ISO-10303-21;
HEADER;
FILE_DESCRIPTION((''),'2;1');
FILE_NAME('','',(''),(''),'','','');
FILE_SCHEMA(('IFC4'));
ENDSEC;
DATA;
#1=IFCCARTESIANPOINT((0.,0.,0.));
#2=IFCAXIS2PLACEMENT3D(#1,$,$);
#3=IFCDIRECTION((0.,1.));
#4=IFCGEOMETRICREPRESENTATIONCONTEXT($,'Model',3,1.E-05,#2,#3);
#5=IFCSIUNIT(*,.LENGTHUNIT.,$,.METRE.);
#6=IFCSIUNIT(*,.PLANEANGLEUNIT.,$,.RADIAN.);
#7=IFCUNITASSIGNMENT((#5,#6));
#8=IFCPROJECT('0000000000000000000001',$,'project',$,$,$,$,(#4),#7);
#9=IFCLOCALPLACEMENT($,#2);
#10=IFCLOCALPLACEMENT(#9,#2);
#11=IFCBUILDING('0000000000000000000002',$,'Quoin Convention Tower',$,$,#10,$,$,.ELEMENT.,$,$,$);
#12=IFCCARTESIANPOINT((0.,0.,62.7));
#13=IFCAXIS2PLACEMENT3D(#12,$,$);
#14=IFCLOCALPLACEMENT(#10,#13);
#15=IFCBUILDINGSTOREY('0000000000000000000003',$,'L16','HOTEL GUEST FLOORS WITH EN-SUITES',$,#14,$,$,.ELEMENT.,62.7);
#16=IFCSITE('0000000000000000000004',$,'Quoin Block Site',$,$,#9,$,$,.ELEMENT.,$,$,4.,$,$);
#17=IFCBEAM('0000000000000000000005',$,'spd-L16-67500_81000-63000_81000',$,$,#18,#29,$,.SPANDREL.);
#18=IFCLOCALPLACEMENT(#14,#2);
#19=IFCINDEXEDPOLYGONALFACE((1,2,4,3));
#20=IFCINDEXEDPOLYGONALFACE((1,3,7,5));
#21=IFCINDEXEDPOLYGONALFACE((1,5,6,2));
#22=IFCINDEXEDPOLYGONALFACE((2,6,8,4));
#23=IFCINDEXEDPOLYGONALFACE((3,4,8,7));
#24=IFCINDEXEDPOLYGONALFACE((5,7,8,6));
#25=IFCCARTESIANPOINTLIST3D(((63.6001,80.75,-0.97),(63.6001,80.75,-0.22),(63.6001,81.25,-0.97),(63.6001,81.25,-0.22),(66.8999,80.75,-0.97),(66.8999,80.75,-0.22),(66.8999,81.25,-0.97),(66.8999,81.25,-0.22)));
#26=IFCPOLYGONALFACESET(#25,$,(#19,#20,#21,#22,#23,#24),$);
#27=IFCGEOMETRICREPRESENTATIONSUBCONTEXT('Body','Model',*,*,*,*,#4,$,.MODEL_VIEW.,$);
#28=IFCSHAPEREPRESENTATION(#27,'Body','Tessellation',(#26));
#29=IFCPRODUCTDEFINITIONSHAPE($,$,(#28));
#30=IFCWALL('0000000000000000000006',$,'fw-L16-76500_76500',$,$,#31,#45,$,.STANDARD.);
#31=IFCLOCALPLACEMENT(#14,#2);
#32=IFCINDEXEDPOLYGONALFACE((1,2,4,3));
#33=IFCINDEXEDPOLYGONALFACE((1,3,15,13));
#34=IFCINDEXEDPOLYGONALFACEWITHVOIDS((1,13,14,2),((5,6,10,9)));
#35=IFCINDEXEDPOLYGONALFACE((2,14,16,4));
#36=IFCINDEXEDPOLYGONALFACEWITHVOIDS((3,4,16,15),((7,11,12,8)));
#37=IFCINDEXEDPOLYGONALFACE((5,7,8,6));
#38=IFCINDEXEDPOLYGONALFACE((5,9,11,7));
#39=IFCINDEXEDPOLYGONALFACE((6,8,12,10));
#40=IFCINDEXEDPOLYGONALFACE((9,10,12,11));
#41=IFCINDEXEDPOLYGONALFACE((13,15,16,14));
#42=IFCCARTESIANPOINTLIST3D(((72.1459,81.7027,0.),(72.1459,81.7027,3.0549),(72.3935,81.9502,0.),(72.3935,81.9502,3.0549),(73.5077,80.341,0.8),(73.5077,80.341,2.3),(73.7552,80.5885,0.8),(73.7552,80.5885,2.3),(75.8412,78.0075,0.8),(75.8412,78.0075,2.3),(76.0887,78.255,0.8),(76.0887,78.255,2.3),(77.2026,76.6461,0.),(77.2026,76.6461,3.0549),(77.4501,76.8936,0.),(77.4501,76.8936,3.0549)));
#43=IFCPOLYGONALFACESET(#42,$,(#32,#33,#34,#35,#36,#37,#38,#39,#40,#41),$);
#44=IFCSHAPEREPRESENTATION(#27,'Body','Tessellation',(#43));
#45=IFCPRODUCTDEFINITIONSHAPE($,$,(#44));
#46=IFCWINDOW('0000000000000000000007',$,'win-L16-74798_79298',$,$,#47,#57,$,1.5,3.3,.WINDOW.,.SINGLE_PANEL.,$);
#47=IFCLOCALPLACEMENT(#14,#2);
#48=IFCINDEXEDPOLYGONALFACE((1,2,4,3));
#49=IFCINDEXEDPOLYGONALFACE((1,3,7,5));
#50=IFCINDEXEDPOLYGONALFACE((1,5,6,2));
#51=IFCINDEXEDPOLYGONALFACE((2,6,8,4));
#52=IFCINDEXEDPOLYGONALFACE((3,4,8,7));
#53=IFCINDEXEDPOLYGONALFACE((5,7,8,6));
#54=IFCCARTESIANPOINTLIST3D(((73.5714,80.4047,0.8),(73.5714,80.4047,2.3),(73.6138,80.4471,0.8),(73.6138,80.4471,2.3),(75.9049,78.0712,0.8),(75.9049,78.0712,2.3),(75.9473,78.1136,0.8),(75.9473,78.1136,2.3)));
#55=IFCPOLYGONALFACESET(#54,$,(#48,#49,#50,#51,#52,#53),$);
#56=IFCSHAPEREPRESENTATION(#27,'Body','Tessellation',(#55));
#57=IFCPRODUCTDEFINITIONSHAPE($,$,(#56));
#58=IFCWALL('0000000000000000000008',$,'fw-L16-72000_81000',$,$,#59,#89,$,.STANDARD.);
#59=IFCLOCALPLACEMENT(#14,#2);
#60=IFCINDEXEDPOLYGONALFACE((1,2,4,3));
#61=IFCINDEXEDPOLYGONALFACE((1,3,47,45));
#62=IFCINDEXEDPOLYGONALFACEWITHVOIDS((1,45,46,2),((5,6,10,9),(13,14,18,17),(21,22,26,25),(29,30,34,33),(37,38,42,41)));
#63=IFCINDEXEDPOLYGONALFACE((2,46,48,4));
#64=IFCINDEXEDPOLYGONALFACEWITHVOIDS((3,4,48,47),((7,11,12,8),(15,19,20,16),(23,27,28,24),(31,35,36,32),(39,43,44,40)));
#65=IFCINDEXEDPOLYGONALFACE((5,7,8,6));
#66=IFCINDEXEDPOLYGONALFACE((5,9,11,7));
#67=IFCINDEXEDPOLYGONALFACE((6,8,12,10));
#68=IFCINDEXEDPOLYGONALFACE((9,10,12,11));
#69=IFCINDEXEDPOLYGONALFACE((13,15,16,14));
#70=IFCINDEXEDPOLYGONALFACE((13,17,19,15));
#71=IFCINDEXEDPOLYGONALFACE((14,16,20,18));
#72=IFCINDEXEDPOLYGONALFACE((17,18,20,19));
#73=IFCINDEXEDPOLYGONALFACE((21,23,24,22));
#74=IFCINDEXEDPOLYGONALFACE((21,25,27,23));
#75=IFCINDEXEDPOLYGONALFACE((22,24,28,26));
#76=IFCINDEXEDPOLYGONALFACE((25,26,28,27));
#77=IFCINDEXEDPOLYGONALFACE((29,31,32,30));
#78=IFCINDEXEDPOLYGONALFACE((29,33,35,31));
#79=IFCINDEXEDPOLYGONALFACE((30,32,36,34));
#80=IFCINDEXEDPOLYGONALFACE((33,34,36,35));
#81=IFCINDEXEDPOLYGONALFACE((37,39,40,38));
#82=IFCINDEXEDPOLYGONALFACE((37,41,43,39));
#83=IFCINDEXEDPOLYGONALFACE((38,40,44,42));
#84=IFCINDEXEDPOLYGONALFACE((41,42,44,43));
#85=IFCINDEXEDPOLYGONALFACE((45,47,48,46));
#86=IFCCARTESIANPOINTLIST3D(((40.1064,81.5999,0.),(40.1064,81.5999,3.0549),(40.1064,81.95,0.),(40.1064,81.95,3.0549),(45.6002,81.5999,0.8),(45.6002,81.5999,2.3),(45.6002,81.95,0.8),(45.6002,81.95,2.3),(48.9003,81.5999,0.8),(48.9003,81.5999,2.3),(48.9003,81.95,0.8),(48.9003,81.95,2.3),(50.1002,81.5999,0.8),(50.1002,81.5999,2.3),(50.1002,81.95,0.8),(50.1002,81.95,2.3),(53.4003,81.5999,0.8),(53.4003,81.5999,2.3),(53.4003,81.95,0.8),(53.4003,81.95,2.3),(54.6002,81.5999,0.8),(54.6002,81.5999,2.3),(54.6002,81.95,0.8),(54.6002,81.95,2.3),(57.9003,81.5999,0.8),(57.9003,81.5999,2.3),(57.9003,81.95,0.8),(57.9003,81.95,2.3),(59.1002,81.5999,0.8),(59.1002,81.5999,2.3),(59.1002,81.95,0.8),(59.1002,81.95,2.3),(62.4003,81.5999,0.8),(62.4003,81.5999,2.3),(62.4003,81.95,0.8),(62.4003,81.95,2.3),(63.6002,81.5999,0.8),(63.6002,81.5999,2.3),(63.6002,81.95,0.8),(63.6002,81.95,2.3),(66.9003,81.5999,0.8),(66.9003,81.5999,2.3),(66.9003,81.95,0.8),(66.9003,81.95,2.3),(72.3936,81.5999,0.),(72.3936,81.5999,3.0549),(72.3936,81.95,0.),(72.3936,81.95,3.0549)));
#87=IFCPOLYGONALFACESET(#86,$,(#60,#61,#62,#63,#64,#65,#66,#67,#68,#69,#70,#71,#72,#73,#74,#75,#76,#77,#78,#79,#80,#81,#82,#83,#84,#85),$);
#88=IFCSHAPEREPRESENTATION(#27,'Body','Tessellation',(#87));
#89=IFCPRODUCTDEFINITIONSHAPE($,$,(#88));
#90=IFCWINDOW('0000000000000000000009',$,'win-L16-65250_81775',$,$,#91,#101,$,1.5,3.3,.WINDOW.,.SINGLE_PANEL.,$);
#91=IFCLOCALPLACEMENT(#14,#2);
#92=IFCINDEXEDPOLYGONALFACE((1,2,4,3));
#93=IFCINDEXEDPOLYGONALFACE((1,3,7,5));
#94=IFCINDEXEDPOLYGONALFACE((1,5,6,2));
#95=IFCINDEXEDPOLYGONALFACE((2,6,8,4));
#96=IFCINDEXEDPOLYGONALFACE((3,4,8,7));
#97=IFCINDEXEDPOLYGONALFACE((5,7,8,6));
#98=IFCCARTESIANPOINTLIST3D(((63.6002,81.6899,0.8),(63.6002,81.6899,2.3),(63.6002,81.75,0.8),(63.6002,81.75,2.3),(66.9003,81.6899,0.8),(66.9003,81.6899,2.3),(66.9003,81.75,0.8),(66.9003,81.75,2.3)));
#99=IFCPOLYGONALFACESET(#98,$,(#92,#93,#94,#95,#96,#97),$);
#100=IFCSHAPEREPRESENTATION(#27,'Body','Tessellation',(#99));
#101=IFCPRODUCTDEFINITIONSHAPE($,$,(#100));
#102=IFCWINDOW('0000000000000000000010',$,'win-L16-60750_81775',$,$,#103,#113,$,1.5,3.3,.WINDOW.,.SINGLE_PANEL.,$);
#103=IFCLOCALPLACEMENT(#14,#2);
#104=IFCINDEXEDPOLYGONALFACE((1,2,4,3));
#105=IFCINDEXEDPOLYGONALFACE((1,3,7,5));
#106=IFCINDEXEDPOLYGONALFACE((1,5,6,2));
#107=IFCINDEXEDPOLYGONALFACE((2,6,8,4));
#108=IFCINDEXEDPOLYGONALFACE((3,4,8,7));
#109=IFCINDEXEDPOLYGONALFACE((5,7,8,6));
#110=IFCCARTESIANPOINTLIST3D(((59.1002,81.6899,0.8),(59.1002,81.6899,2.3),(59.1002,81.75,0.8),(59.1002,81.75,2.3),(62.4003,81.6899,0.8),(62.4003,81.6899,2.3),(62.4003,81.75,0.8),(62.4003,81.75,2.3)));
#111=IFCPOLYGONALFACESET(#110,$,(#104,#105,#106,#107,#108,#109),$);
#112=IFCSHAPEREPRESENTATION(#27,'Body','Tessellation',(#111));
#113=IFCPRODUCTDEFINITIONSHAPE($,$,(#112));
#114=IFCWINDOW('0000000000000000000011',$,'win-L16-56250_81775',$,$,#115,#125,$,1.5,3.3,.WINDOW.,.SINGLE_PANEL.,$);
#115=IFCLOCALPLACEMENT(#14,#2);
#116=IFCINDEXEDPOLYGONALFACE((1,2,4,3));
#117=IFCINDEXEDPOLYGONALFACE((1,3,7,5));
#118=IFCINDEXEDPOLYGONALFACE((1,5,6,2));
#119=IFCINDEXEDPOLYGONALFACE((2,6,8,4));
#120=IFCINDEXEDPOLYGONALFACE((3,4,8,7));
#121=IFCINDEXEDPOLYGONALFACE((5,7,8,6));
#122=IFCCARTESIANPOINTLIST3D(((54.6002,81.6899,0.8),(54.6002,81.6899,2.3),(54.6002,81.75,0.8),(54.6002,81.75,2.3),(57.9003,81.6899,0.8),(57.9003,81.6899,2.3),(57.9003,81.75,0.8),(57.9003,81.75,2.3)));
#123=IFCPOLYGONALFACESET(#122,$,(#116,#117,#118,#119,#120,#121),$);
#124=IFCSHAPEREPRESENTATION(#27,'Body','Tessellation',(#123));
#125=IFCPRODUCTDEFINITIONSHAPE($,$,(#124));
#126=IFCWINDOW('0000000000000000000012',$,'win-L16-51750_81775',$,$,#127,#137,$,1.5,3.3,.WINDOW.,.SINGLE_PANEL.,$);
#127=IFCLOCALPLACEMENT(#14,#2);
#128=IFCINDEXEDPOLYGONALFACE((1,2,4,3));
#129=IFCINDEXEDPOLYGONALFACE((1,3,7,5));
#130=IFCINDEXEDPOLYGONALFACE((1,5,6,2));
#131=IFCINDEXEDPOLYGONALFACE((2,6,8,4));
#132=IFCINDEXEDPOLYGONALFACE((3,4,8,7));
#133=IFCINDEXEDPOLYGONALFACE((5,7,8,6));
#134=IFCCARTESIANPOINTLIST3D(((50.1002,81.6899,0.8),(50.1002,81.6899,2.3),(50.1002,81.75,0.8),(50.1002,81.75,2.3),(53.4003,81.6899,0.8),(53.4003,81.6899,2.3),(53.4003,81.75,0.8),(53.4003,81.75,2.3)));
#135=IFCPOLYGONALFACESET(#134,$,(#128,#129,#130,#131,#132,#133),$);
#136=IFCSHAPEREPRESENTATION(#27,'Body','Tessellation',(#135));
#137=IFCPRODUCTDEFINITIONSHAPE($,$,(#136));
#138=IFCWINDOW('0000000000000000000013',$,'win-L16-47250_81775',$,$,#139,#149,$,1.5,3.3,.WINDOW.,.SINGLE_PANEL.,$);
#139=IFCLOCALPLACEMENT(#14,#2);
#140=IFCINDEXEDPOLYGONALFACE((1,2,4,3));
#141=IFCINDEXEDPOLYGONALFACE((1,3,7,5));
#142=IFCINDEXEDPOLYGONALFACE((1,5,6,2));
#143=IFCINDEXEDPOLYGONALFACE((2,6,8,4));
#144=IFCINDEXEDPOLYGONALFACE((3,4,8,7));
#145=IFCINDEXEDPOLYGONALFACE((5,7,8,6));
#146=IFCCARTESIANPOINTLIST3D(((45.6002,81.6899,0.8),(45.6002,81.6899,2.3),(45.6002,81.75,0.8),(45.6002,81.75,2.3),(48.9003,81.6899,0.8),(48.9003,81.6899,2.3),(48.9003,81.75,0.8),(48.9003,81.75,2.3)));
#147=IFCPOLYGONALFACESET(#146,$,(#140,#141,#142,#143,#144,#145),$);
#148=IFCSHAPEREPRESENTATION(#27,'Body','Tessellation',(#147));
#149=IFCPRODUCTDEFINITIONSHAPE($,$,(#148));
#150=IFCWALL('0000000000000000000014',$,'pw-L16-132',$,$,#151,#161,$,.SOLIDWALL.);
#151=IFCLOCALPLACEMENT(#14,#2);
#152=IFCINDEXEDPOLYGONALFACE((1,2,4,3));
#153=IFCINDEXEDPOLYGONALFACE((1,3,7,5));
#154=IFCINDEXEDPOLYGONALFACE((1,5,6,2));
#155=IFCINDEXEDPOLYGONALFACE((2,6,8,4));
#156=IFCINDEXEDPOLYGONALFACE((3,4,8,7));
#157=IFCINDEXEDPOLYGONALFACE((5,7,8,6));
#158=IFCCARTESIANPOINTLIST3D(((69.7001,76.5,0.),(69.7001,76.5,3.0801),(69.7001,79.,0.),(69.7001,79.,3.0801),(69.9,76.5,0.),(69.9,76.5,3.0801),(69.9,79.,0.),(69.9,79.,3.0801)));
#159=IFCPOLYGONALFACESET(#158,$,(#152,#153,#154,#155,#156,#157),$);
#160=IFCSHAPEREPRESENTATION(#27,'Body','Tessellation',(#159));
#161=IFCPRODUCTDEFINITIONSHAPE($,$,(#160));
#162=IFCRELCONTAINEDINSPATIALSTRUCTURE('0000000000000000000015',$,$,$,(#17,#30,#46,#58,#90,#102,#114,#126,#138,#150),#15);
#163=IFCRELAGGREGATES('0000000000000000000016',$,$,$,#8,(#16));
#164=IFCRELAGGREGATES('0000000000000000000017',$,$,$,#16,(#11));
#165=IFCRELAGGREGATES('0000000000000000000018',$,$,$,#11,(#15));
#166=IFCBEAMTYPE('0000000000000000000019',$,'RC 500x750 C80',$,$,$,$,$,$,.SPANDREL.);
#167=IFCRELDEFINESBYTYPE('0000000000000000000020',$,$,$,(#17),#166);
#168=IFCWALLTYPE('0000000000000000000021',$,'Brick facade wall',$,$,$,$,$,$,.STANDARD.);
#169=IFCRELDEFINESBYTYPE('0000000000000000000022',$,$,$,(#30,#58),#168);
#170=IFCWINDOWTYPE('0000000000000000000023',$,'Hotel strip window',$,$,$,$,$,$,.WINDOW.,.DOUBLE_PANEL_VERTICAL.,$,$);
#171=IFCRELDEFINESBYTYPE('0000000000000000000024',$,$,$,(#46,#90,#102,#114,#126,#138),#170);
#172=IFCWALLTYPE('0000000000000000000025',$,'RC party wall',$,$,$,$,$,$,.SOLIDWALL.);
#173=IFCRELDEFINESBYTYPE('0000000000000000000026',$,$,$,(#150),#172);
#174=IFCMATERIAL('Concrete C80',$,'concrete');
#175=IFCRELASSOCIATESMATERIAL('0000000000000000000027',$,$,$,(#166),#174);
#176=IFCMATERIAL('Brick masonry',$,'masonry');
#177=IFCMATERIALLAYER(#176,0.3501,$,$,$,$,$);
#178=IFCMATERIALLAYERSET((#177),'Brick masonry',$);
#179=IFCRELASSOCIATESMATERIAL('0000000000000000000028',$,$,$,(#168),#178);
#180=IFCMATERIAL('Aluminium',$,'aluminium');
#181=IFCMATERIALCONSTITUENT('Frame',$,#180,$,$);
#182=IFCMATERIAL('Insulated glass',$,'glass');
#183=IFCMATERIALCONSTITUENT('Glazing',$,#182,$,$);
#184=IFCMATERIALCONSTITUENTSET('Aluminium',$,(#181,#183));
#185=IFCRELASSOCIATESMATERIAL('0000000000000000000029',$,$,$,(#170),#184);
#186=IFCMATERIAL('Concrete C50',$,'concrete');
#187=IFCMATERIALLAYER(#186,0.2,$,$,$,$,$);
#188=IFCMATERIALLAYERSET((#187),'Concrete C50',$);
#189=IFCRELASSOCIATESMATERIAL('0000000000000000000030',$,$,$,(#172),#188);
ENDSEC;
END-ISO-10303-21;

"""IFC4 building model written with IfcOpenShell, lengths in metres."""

from ifc_helpers import new_model, si_unit, direction, frame, frame_2d, origin, origin_2d, place, context, subcontext, project, spatial, rectangle, extrude, material, layer, layer_set, constituent, constituent_set, material_profile, profile_set, type_object, element, fill, save


model = new_model("IFC4")

# Units and contexts
model_context = context("Model", 3, precision=1e-05, world=origin(), true_north=direction((0.0, 1.0)))
body_context = subcontext(model_context, "Body", "Model", "MODEL_VIEW")
ifc_project = project(units=[si_unit("LENGTHUNIT", "METRE"), si_unit("PLANEANGLEUNIT", "RADIAN")], contexts=[model_context])

# Site, building, storey
site_placement = place(None, origin())
site = spatial("IfcSite", under=ifc_project, at=site_placement, Name="Quoin Block Site", CompositionType="ELEMENT", RefElevation=4.0)
building_placement = place(site_placement, origin())
building = spatial("IfcBuilding", under=site, at=building_placement, Name="Quoin Convention Tower", CompositionType="ELEMENT")
storey_placement = place(building_placement, frame((0.0, 0.0, 62.7)))
storey = spatial("IfcBuildingStorey", under=building, at=storey_placement, Name="L16", Description="HOTEL GUEST FLOORS WITH EN-SUITES", CompositionType="ELEMENT", Elevation=62.7)

# Shared definitions
ifc_material_1 = material(Name="Concrete C80", Category="concrete")

# Beam
ifc_material_profile_1 = material_profile(ifc_material_1, rectangle(XDim=0.5, YDim=0.75, at=origin_2d()), Name="RC 500x750")
ifc_profile_set_1 = profile_set([ifc_material_profile_1], Name="Concrete C80")
beam_type_1 = type_object("IfcBeamType", Name="RC 500x750 C80", PredefinedType="SPANDREL", material=ifc_profile_set_1)
for number, where, z_axis, x_axis, name in (
    (1, (66.8999, 81.0, -0.595), (-1.0, 0.0, 0.0), (0.0, -1.0, 0.0), "spd-L16-67500_81000-63000_81000"),
):
    element("IfcBeam", number, at=place(storey_placement, frame(where, z_axis=z_axis, x_axis=x_axis)), inside=storey, type_object=beam_type_1, Name=name, PredefinedType="SPANDREL", context=body_context, shape_type="SweptSolid", body=[
        extrude(rectangle(XDim=0.5, YDim=0.75, at=origin_2d()), origin(), (0.0, 0.0, 1.0), 3.2998),
    ])

# Wall, opening, window
ifc_material_2 = material(Name="Brick masonry", Category="masonry")
ifc_layer_1 = layer(ifc_material_2, 0.3501)
ifc_layer_set_1 = layer_set([ifc_layer_1], Name="Brick masonry")
wall_type_1 = type_object("IfcWallType", Name="Brick facade wall", PredefinedType="STANDARD", material=ifc_layer_set_1)
wall_1_placement = place(storey_placement, frame((77.3264, 76.7698, 0.0), z_axis=(0.0, 0.0, 1.0), x_axis=(-0.707107, 0.707107, 0.0)))
wall_1 = element("IfcWall", 2, at=wall_1_placement, inside=storey, type_object=wall_type_1, Name="fw-L16-76500_76500", PredefinedType="STANDARD", context=body_context, shape_type="SweptSolid", body=[
    extrude(rectangle(XDim=7.1511, YDim=0.3501, at=frame_2d((3.5757, 0.0))), origin(), (0.0, 0.0, 1.0), 3.0549),
])
opening_1_placement = place(wall_1_placement, frame((1.9255, 0.0, 0.8)))
opening_1 = element("IfcOpeningElement", 3, at=opening_1_placement, cuts=wall_1, PredefinedType="OPENING", context=body_context, shape_type="SweptSolid", body=[
    extrude(rectangle(XDim=3.3, YDim=1.5, at=frame_2d((1.6499, 0.75))), frame((0.0, 0.1851, 0.0), z_axis=(0.0, -1.0, 0.0), x_axis=(1.0, 0.0, 0.0)), (0.0, 0.0, 1.0), 0.3701),
])
ifc_material_3 = material(Name="Aluminium", Category="aluminium")
ifc_constituent_1 = constituent(ifc_material_3, Name="Frame")
ifc_material_4 = material(Name="Insulated glass", Category="glass")
ifc_constituent_2 = constituent(ifc_material_4, Name="Glazing")
ifc_constituent_set = constituent_set(constituents=[ifc_constituent_1, ifc_constituent_2], Name="Aluminium")
window_type = type_object("IfcWindowType", Name="Hotel strip window", PartitioningType="DOUBLE_PANEL_VERTICAL", PredefinedType="WINDOW", material=ifc_constituent_set)
window_1_placement = place(opening_1_placement, origin())
window_1 = element("IfcWindow", 4, at=window_1_placement, inside=storey, type_object=window_type, Name="win-L16-74798_79298", OverallHeight=1.5, OverallWidth=3.3, PartitioningType="SINGLE_PANEL", PredefinedType="WINDOW", context=body_context, shape_type="SweptSolid", body=[
    extrude(rectangle(XDim=3.3, YDim=1.5, at=frame_2d((1.6499, 0.75))), frame((0.0, 0.085, 0.0), z_axis=(0.0, -1.0, 0.0), x_axis=(1.0, 0.0, 0.0)), (0.0, 0.0, 1.0), 0.0601),
])
fill(opening_1, window_1)

# Wall, openings, windows
wall_2_placement = place(storey_placement, frame((72.3936, 81.7749, 0.0), z_axis=(0.0, 0.0, 1.0), x_axis=(-1.0, 0.0, 0.0)))
wall_2 = element("IfcWall", 5, at=wall_2_placement, inside=storey, type_object=wall_type_1, Name="fw-L16-72000_81000", PredefinedType="STANDARD", context=body_context, shape_type="SweptSolid", body=[
    extrude(rectangle(XDim=32.2871, YDim=0.3501, at=frame_2d((16.1436, 0.0))), origin(), (0.0, 0.0, 1.0), 3.0549),
])
opening_2_placement = place(wall_2_placement, frame((5.4934, 0.0, 0.8)))
opening_2 = element("IfcOpeningElement", 6, at=opening_2_placement, cuts=wall_2, PredefinedType="OPENING", context=body_context, shape_type="SweptSolid", body=[
    extrude(rectangle(XDim=3.3, YDim=1.5, at=frame_2d((1.6499, 0.75))), frame((0.0, 0.1851, 0.0), z_axis=(0.0, -1.0, 0.0), x_axis=(1.0, 0.0, 0.0)), (0.0, 0.0, 1.0), 0.3701),
])
opening_3_placement = place(wall_2_placement, frame((9.9934, 0.0, 0.8)))
opening_3 = element("IfcOpeningElement", 7, at=opening_3_placement, cuts=wall_2, PredefinedType="OPENING", context=body_context, shape_type="SweptSolid", body=[
    extrude(rectangle(XDim=3.3, YDim=1.5, at=frame_2d((1.6499, 0.75))), frame((0.0, 0.1851, 0.0), z_axis=(0.0, -1.0, 0.0), x_axis=(1.0, 0.0, 0.0)), (0.0, 0.0, 1.0), 0.3701),
])
opening_4_placement = place(wall_2_placement, frame((14.4934, 0.0, 0.8)))
opening_4 = element("IfcOpeningElement", 8, at=opening_4_placement, cuts=wall_2, PredefinedType="OPENING", context=body_context, shape_type="SweptSolid", body=[
    extrude(rectangle(XDim=3.3, YDim=1.5, at=frame_2d((1.6499, 0.75))), frame((0.0, 0.1851, 0.0), z_axis=(0.0, -1.0, 0.0), x_axis=(1.0, 0.0, 0.0)), (0.0, 0.0, 1.0), 0.3701),
])
opening_5_placement = place(wall_2_placement, frame((18.9934, 0.0, 0.8)))
opening_5 = element("IfcOpeningElement", 9, at=opening_5_placement, cuts=wall_2, PredefinedType="OPENING", context=body_context, shape_type="SweptSolid", body=[
    extrude(rectangle(XDim=3.3, YDim=1.5, at=frame_2d((1.6499, 0.75))), frame((0.0, 0.1851, 0.0), z_axis=(0.0, -1.0, 0.0), x_axis=(1.0, 0.0, 0.0)), (0.0, 0.0, 1.0), 0.3701),
])
opening_6_placement = place(wall_2_placement, frame((23.4934, 0.0, 0.8)))
opening_6 = element("IfcOpeningElement", 10, at=opening_6_placement, cuts=wall_2, PredefinedType="OPENING", context=body_context, shape_type="SweptSolid", body=[
    extrude(rectangle(XDim=3.3, YDim=1.5, at=frame_2d((1.6499, 0.75))), frame((0.0, 0.1851, 0.0), z_axis=(0.0, -1.0, 0.0), x_axis=(1.0, 0.0, 0.0)), (0.0, 0.0, 1.0), 0.3701),
])
window_2_placement = place(opening_2_placement, origin())
window_2 = element("IfcWindow", 11, at=window_2_placement, inside=storey, type_object=window_type, Name="win-L16-65250_81775", OverallHeight=1.5, OverallWidth=3.3, PartitioningType="SINGLE_PANEL", PredefinedType="WINDOW", context=body_context, shape_type="SweptSolid", body=[
    extrude(rectangle(XDim=3.3, YDim=1.5, at=frame_2d((1.6499, 0.75))), frame((0.0, 0.085, 0.0), z_axis=(0.0, -1.0, 0.0), x_axis=(1.0, 0.0, 0.0)), (0.0, 0.0, 1.0), 0.0601),
])
fill(opening_2, window_2)
window_3_placement = place(opening_3_placement, origin())
window_3 = element("IfcWindow", 12, at=window_3_placement, inside=storey, type_object=window_type, Name="win-L16-60750_81775", OverallHeight=1.5, OverallWidth=3.3, PartitioningType="SINGLE_PANEL", PredefinedType="WINDOW", context=body_context, shape_type="SweptSolid", body=[
    extrude(rectangle(XDim=3.3, YDim=1.5, at=frame_2d((1.6499, 0.75))), frame((0.0, 0.085, 0.0), z_axis=(0.0, -1.0, 0.0), x_axis=(1.0, 0.0, 0.0)), (0.0, 0.0, 1.0), 0.0601),
])
fill(opening_3, window_3)
window_4_placement = place(opening_4_placement, origin())
window_4 = element("IfcWindow", 13, at=window_4_placement, inside=storey, type_object=window_type, Name="win-L16-56250_81775", OverallHeight=1.5, OverallWidth=3.3, PartitioningType="SINGLE_PANEL", PredefinedType="WINDOW", context=body_context, shape_type="SweptSolid", body=[
    extrude(rectangle(XDim=3.3, YDim=1.5, at=frame_2d((1.6499, 0.75))), frame((0.0, 0.085, 0.0), z_axis=(0.0, -1.0, 0.0), x_axis=(1.0, 0.0, 0.0)), (0.0, 0.0, 1.0), 0.0601),
])
fill(opening_4, window_4)
window_5_placement = place(opening_5_placement, origin())
window_5 = element("IfcWindow", 14, at=window_5_placement, inside=storey, type_object=window_type, Name="win-L16-51750_81775", OverallHeight=1.5, OverallWidth=3.3, PartitioningType="SINGLE_PANEL", PredefinedType="WINDOW", context=body_context, shape_type="SweptSolid", body=[
    extrude(rectangle(XDim=3.3, YDim=1.5, at=frame_2d((1.6499, 0.75))), frame((0.0, 0.085, 0.0), z_axis=(0.0, -1.0, 0.0), x_axis=(1.0, 0.0, 0.0)), (0.0, 0.0, 1.0), 0.0601),
])
fill(opening_5, window_5)
window_6_placement = place(opening_6_placement, origin())
window_6 = element("IfcWindow", 15, at=window_6_placement, inside=storey, type_object=window_type, Name="win-L16-47250_81775", OverallHeight=1.5, OverallWidth=3.3, PartitioningType="SINGLE_PANEL", PredefinedType="WINDOW", context=body_context, shape_type="SweptSolid", body=[
    extrude(rectangle(XDim=3.3, YDim=1.5, at=frame_2d((1.6499, 0.75))), frame((0.0, 0.085, 0.0), z_axis=(0.0, -1.0, 0.0), x_axis=(1.0, 0.0, 0.0)), (0.0, 0.0, 1.0), 0.0601),
])
fill(opening_6, window_6)

# Wall
ifc_material_5 = material(Name="Concrete C50", Category="concrete")
ifc_layer_2 = layer(ifc_material_5, 0.2)
ifc_layer_set_2 = layer_set([ifc_layer_2], Name="Concrete C50")
wall_type_2 = type_object("IfcWallType", Name="RC party wall", PredefinedType="SOLIDWALL", material=ifc_layer_set_2)
wall_3_placement = place(storey_placement, frame((69.8, 76.5, 0.0), z_axis=(0.0, 0.0, 1.0), x_axis=(0.0, 1.0, 0.0)))
element("IfcWall", 16, at=wall_3_placement, inside=storey, type_object=wall_type_2, Name="pw-L16-132", PredefinedType="SOLIDWALL", context=body_context, shape_type="SweptSolid", body=[
    extrude(rectangle(XDim=2.5, YDim=0.2, at=frame_2d((1.25, 0.0))), origin(), (0.0, 0.0, 1.0), 3.0801),
])

save(model, "model.ifc")
